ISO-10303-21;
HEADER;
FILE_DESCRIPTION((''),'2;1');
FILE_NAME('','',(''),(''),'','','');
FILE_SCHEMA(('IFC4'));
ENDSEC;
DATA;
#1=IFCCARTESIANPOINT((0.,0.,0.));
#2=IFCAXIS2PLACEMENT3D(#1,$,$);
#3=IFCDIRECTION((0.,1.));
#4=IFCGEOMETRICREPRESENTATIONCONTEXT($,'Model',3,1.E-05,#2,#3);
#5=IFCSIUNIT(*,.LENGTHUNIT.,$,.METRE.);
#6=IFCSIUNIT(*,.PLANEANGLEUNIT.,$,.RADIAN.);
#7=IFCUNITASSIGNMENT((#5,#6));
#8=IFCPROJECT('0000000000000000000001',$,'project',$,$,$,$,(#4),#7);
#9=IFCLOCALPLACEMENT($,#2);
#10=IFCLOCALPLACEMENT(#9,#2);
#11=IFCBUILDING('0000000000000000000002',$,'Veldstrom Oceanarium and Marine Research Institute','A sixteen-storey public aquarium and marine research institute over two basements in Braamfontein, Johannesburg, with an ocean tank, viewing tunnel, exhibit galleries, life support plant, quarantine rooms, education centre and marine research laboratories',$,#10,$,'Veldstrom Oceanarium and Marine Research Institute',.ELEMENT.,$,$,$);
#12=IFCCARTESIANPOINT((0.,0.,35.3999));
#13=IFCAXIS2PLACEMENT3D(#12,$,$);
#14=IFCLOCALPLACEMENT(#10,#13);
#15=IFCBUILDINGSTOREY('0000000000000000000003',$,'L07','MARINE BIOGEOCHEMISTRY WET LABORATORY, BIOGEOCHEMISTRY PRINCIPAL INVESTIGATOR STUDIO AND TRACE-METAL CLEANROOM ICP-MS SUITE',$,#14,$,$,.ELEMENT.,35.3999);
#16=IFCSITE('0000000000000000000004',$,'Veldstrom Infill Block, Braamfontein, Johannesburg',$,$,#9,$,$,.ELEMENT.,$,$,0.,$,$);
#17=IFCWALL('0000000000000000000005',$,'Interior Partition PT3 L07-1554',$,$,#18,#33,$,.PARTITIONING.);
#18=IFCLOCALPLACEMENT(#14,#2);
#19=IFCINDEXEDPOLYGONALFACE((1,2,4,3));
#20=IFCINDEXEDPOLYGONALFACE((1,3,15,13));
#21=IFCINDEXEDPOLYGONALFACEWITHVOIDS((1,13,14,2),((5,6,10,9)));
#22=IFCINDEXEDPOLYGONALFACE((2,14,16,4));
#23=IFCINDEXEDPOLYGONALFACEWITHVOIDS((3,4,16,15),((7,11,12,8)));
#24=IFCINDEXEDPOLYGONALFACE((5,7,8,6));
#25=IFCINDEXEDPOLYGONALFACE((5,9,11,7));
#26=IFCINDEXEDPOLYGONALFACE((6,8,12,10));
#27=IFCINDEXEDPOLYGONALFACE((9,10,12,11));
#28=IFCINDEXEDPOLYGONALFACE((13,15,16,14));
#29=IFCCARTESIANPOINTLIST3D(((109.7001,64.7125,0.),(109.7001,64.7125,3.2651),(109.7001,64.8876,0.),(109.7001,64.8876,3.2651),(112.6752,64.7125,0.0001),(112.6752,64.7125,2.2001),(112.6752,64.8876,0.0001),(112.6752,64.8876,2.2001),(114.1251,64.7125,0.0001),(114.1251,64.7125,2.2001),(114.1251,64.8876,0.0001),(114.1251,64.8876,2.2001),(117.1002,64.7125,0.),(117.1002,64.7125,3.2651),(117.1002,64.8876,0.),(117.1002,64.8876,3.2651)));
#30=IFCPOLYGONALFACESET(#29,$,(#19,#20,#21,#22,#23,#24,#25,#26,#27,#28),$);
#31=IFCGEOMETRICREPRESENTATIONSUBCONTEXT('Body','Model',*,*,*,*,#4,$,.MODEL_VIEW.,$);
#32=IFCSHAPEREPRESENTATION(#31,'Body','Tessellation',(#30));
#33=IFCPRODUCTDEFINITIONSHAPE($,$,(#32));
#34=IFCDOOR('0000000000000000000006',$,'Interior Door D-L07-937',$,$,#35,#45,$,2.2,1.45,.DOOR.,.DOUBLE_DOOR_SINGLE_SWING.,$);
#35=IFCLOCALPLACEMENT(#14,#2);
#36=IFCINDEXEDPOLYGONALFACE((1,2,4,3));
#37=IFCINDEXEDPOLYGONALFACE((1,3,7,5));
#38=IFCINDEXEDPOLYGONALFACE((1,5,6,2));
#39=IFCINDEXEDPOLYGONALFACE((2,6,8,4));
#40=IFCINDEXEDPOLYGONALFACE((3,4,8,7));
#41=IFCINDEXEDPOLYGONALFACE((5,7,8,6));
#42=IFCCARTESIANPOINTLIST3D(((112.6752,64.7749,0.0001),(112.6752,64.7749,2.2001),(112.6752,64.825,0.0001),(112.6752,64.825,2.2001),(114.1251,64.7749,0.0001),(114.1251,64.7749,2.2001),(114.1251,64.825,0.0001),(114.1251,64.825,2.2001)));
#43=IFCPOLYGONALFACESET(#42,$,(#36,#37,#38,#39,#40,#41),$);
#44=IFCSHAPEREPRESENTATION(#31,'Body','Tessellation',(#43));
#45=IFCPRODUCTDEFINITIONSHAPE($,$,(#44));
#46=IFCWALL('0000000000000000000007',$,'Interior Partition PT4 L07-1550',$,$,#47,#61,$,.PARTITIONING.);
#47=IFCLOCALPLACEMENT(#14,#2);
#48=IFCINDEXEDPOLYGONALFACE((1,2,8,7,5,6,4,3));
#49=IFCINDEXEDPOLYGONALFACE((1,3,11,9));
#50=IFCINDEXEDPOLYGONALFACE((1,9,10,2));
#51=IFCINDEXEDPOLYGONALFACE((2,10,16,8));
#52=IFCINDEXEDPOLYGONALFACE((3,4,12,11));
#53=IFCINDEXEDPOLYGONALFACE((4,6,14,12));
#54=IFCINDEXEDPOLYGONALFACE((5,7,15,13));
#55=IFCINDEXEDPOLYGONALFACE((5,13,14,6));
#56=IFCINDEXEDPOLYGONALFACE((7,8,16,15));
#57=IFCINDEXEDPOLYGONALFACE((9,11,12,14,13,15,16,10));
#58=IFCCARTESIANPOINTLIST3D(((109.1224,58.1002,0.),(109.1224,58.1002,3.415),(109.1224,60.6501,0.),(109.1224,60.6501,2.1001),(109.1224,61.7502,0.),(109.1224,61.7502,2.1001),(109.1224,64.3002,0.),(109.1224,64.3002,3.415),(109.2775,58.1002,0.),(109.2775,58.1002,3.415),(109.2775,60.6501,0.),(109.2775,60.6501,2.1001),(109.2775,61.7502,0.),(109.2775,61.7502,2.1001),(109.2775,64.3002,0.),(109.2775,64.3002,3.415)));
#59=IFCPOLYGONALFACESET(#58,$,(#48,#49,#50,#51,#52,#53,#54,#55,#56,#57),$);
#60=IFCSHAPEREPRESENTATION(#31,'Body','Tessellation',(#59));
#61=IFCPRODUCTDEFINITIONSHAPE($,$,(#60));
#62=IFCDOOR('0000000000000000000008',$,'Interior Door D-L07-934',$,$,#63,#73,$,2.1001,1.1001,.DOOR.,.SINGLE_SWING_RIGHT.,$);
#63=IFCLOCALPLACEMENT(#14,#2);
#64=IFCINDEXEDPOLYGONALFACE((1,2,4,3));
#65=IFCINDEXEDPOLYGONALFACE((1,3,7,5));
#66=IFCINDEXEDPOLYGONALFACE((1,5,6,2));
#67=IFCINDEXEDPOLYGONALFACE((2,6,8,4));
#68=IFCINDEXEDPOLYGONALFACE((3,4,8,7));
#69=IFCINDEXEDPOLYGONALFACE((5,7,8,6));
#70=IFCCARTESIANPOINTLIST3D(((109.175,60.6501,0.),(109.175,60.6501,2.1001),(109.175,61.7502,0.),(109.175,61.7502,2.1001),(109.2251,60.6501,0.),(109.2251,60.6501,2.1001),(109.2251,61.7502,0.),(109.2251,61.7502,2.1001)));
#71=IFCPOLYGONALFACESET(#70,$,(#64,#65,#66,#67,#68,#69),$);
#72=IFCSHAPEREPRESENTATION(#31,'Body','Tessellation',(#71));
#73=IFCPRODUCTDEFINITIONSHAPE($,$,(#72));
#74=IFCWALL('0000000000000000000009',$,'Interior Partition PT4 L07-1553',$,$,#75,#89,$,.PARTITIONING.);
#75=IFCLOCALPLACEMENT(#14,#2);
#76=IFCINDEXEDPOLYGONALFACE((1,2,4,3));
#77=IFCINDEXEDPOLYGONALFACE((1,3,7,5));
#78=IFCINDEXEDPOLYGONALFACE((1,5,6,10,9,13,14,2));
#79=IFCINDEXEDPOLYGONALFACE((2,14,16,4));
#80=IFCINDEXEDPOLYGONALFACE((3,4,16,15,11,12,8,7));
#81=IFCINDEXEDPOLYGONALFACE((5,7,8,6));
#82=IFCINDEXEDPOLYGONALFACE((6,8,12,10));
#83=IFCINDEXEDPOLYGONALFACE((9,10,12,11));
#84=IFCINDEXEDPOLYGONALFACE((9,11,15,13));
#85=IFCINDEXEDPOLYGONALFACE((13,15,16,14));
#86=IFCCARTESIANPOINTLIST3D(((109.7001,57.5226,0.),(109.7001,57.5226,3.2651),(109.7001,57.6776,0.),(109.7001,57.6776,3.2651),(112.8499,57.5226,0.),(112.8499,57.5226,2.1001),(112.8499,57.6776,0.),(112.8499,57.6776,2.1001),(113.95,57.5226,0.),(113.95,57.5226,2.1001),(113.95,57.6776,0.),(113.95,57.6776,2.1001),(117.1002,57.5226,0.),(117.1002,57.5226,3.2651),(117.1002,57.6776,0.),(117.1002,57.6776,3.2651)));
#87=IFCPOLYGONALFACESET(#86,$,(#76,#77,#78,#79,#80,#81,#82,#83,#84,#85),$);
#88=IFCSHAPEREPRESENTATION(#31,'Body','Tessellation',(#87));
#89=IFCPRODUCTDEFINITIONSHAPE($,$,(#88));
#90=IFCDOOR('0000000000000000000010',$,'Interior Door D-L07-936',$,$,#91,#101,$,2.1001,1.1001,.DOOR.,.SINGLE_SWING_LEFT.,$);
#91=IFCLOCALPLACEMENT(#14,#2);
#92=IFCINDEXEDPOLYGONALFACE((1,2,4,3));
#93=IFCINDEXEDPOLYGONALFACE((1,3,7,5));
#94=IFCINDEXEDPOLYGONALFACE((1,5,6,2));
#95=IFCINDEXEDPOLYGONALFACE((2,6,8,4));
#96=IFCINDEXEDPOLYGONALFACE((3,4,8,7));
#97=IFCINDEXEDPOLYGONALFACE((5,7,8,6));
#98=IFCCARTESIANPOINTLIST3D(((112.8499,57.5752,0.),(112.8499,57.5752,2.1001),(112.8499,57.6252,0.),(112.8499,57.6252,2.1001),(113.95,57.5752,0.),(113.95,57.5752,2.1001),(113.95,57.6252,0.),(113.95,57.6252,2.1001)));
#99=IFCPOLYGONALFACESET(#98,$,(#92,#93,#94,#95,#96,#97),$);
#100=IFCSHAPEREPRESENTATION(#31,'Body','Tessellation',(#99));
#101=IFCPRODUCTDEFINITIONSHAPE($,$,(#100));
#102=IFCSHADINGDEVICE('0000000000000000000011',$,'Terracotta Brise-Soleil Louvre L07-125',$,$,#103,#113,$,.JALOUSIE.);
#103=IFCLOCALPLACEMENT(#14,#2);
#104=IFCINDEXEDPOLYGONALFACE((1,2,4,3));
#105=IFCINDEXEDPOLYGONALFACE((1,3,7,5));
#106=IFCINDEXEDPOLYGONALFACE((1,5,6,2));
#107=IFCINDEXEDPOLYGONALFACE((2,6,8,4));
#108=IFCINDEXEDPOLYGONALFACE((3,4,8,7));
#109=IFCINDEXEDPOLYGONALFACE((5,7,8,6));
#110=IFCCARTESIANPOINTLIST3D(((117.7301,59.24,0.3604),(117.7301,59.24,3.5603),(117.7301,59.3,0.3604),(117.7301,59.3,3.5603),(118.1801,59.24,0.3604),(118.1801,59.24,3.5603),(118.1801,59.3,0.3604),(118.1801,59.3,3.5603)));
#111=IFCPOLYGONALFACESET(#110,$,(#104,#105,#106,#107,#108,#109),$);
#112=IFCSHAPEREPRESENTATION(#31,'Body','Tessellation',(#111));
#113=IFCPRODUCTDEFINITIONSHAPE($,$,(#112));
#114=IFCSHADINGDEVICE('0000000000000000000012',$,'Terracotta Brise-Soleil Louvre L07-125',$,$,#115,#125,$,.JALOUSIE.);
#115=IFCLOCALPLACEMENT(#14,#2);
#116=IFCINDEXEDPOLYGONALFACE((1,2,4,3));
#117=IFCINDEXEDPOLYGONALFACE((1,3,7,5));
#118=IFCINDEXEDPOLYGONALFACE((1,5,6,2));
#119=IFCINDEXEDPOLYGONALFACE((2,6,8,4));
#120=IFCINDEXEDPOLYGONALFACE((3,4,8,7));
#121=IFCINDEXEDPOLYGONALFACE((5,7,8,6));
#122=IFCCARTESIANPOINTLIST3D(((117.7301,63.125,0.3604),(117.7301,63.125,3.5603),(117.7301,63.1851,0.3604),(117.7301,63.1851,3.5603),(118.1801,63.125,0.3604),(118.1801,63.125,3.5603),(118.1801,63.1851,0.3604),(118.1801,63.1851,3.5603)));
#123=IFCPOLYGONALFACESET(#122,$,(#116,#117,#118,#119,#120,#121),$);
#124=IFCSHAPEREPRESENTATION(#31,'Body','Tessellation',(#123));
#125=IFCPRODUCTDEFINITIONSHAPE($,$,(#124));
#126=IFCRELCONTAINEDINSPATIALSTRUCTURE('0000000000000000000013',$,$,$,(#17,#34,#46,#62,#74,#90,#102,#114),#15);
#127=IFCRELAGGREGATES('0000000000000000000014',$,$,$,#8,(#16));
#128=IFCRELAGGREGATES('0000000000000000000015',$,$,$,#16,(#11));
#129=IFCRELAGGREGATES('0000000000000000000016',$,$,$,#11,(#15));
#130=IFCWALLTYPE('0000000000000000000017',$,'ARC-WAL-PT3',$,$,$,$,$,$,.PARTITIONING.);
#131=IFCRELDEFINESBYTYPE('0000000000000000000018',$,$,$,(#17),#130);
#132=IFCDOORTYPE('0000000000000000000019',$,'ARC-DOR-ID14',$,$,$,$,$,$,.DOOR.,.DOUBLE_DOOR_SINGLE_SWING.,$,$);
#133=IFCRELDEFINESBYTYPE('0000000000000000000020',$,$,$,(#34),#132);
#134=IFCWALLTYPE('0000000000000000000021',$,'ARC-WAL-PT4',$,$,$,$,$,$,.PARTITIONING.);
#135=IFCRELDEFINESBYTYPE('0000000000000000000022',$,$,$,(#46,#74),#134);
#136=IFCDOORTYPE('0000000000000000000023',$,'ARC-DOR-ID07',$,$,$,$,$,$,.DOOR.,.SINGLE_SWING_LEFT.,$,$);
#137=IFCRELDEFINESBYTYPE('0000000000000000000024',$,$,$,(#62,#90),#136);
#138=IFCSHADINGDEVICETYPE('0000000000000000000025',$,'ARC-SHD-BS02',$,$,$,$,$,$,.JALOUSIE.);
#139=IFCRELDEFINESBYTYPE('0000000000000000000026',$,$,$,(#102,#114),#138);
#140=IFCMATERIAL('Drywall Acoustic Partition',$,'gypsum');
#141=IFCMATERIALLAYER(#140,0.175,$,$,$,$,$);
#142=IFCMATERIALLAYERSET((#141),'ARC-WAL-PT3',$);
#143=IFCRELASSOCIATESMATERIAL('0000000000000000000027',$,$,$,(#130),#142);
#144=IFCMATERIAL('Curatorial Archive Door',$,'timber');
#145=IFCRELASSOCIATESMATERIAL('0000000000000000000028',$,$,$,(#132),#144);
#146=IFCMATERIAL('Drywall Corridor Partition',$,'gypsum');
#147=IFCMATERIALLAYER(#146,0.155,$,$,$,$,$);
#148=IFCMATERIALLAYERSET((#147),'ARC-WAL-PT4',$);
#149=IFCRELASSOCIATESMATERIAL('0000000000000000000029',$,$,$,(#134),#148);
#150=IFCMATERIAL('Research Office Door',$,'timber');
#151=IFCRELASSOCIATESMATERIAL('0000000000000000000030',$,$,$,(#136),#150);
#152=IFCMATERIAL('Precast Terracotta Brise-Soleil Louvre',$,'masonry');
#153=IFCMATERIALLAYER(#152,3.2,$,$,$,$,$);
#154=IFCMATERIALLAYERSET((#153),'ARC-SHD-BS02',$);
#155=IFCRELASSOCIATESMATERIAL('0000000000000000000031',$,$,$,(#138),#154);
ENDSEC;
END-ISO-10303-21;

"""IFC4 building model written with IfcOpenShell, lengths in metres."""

from ifc_helpers import new_model, si_unit, direction, frame, frame_2d, origin, origin_2d, place, context, subcontext, project, spatial, rectangle, extrude, material, layer, layer_set, type_object, element, fill, save


model = new_model("IFC4")

# Units and contexts
model_context = context("Model", 3, precision=1e-05, world=origin(), true_north=direction((0.0, 1.0)))
body_context = subcontext(model_context, "Body", "Model", "MODEL_VIEW")
ifc_project = project(units=[si_unit("LENGTHUNIT", "METRE"), si_unit("PLANEANGLEUNIT", "RADIAN")], contexts=[model_context])

# Site, building, storey
site_placement = place(None, origin())
site = spatial("IfcSite", under=ifc_project, at=site_placement, Name="Veldstrom Infill Block, Braamfontein, Johannesburg", CompositionType="ELEMENT", RefElevation=0.0)
building_placement = place(site_placement, origin())
building = spatial("IfcBuilding", under=site, at=building_placement, Name="Veldstrom Oceanarium and Marine Research Institute", Description="A sixteen-storey public aquarium and marine research institute over two basements in Braamfontein, Johannesburg, with an ocean tank, viewing tunnel, exhibit galleries, life support plant, quarantine rooms, education centre and marine research laboratories", LongName="Veldstrom Oceanarium and Marine Research Institute", CompositionType="ELEMENT")
storey_placement = place(building_placement, frame((0.0, 0.0, 35.3999)))
storey = spatial("IfcBuildingStorey", under=building, at=storey_placement, Name="L07", Description="MARINE BIOGEOCHEMISTRY WET LABORATORY, BIOGEOCHEMISTRY PRINCIPAL INVESTIGATOR STUDIO AND TRACE-METAL CLEANROOM ICP-MS SUITE", CompositionType="ELEMENT", Elevation=35.3999)

# Shared definitions
ifc_material_1 = material(Name="Drywall Acoustic Partition", Category="gypsum")
ifc_layer_1 = layer(ifc_material_1, 0.175)
ifc_layer_set_1 = layer_set([ifc_layer_1], Name="ARC-WAL-PT3")
wall_type_1 = type_object("IfcWallType", Name="ARC-WAL-PT3", PredefinedType="PARTITIONING", material=ifc_layer_set_1)

# Walls, openings, doors
wall_1_placement = place(storey_placement, frame((109.7, 64.8, 0.0), z_axis=(0.0, 0.0, 1.0), x_axis=(1.0, 0.0, 0.0)))
wall_1 = element("IfcWall", 1, at=wall_1_placement, inside=storey, type_object=wall_type_1, Name="Interior Partition PT3 L07-1554", PredefinedType="PARTITIONING", context=body_context, shape_type="SweptSolid", body=[
    extrude(rectangle(XDim=7.4001, YDim=0.175, at=frame_2d((3.7002, 0.0))), origin(), (0.0, 0.0, 1.0), 3.2651),
])
opening_1_placement = place(wall_1_placement, frame((2.9751, 0.0, 0.0)))
opening_1 = element("IfcOpeningElement", 2, at=opening_1_placement, cuts=wall_1, PredefinedType="OPENING", context=body_context, shape_type="SweptSolid", body=[
    extrude(rectangle(XDim=1.45, YDim=2.2, at=frame_2d((0.7251, 1.1001))), frame((0.0, 0.0974, 0.0), z_axis=(0.0, -1.0, 0.0), x_axis=(1.0, 0.0, 0.0)), (0.0, 0.0, 1.0), 0.1951),
])
ifc_material_2 = material(Name="Curatorial Archive Door", Category="timber")
door_type_1 = type_object("IfcDoorType", Name="ARC-DOR-ID14", OperationType="DOUBLE_DOOR_SINGLE_SWING", PredefinedType="DOOR", material=ifc_material_2)
door_1_placement = place(opening_1_placement, origin())
door_1 = element("IfcDoor", 3, at=door_1_placement, inside=storey, type_object=door_type_1, Name="Interior Door D-L07-937", OperationType="DOUBLE_DOOR_SINGLE_SWING", OverallHeight=2.2, OverallWidth=1.45, PredefinedType="DOOR", context=body_context, shape_type="SweptSolid", body=[
    extrude(rectangle(XDim=1.45, YDim=2.2, at=frame_2d((0.7251, 1.1001))), frame((0.0, 0.0249, 0.0), z_axis=(0.0, -1.0, 0.0), x_axis=(1.0, 0.0, 0.0)), (0.0, 0.0, 1.0), 0.05),
])
fill(opening_1, door_1)
ifc_material_3 = material(Name="Drywall Corridor Partition", Category="gypsum")
ifc_layer_2 = layer(ifc_material_3, 0.155)
ifc_layer_set_2 = layer_set([ifc_layer_2], Name="ARC-WAL-PT4")
wall_type_2 = type_object("IfcWallType", Name="ARC-WAL-PT4", PredefinedType="PARTITIONING", material=ifc_layer_set_2)
wall_2_placement = place(storey_placement, frame((109.2, 58.1001, 0.0), z_axis=(0.0, 0.0, 1.0), x_axis=(0.0, 1.0, 0.0)))
wall_2 = element("IfcWall", 4, at=wall_2_placement, inside=storey, type_object=wall_type_2, Name="Interior Partition PT4 L07-1550", PredefinedType="PARTITIONING", context=body_context, shape_type="SweptSolid", body=[
    extrude(rectangle(XDim=6.2, YDim=0.155, at=frame_2d((3.1001, 0.0))), origin(), (0.0, 0.0, 1.0), 3.415),
])
opening_2_placement = place(wall_2_placement, frame((2.55, 0.0, 0.0)))
opening_2 = element("IfcOpeningElement", 5, at=opening_2_placement, cuts=wall_2, PredefinedType="OPENING", context=body_context, shape_type="SweptSolid", body=[
    extrude(rectangle(XDim=1.1001, YDim=2.1001, at=frame_2d((0.55, 1.05))), frame((0.0, 0.0874, 0.0), z_axis=(0.0, -1.0, 0.0), x_axis=(1.0, 0.0, 0.0)), (0.0, 0.0, 1.0), 0.175),
])
ifc_material_4 = material(Name="Research Office Door", Category="timber")
door_type_2 = type_object("IfcDoorType", Name="ARC-DOR-ID07", OperationType="SINGLE_SWING_LEFT", PredefinedType="DOOR", material=ifc_material_4)
door_2_placement = place(opening_2_placement, origin())
door_2 = element("IfcDoor", 6, at=door_2_placement, inside=storey, type_object=door_type_2, Name="Interior Door D-L07-934", OperationType="SINGLE_SWING_RIGHT", OverallHeight=2.1001, OverallWidth=1.1001, PredefinedType="DOOR", context=body_context, shape_type="SweptSolid", body=[
    extrude(rectangle(XDim=1.1001, YDim=2.1001, at=frame_2d((0.55, 1.05))), frame((0.0, 0.0249, 0.0), z_axis=(0.0, -1.0, 0.0), x_axis=(1.0, 0.0, 0.0)), (0.0, 0.0, 1.0), 0.05),
])
fill(opening_2, door_2)
wall_3_placement = place(storey_placement, frame((109.7, 57.6001, 0.0), z_axis=(0.0, 0.0, 1.0), x_axis=(1.0, 0.0, 0.0)))
wall_3 = element("IfcWall", 7, at=wall_3_placement, inside=storey, type_object=wall_type_2, Name="Interior Partition PT4 L07-1553", PredefinedType="PARTITIONING", context=body_context, shape_type="SweptSolid", body=[
    extrude(rectangle(XDim=7.4001, YDim=0.155, at=frame_2d((3.7002, 0.0))), origin(), (0.0, 0.0, 1.0), 3.2651),
])
opening_3_placement = place(wall_3_placement, frame((3.1499, 0.0, 0.0)))
opening_3 = element("IfcOpeningElement", 8, at=opening_3_placement, cuts=wall_3, PredefinedType="OPENING", context=body_context, shape_type="SweptSolid", body=[
    extrude(rectangle(XDim=1.1001, YDim=2.1001, at=frame_2d((0.55, 1.05))), frame((0.0, 0.0874, 0.0), z_axis=(0.0, -1.0, 0.0), x_axis=(1.0, 0.0, 0.0)), (0.0, 0.0, 1.0), 0.175),
])
door_3_placement = place(opening_3_placement, frame((1.1001, 0.0, 0.0), z_axis=(0.0, 0.0, 1.0), x_axis=(-1.0, 0.0, 0.0)))
door_3 = element("IfcDoor", 9, at=door_3_placement, inside=storey, type_object=door_type_2, Name="Interior Door D-L07-936", OperationType="SINGLE_SWING_LEFT", OverallHeight=2.1001, OverallWidth=1.1001, PredefinedType="DOOR", context=body_context, shape_type="SweptSolid", body=[
    extrude(rectangle(XDim=1.1001, YDim=2.1001, at=frame_2d((0.55, 1.05))), frame((0.0, 0.0249, 0.0), z_axis=(0.0, -1.0, 0.0), x_axis=(1.0, 0.0, 0.0)), (0.0, 0.0, 1.0), 0.05),
])
fill(opening_3, door_3)

# Shading devices
ifc_material_5 = material(Name="Precast Terracotta Brise-Soleil Louvre", Category="masonry")
ifc_layer_3 = layer(ifc_material_5, 3.2)
ifc_layer_set_3 = layer_set([ifc_layer_3], Name="ARC-SHD-BS02")
shading_device_type = type_object("IfcShadingDeviceType", Name="ARC-SHD-BS02", PredefinedType="JALOUSIE", material=ifc_layer_set_3)
for number, where, z_axis, x_axis, name in (
    (10, (117.9551, 59.27, 0.3604), (0.0, 0.0, 1.0), (1.0, 0.0, 0.0), "Terracotta Brise-Soleil Louvre L07-125"),
    (11, (117.9551, 63.155, 0.3604), (0.0, 0.0, 1.0), (1.0, 0.0, 0.0), "Terracotta Brise-Soleil Louvre L07-125"),
):
    element("IfcShadingDevice", number, at=place(storey_placement, frame(where, z_axis=z_axis, x_axis=x_axis)), inside=storey, type_object=shading_device_type, Name=name, PredefinedType="JALOUSIE", context=body_context, shape_type="SweptSolid", body=[
        extrude(rectangle(XDim=0.45, YDim=0.0601, at=origin_2d()), origin(), (0.0, 0.0, 1.0), 3.2),
    ])

save(model, "model.ifc")
